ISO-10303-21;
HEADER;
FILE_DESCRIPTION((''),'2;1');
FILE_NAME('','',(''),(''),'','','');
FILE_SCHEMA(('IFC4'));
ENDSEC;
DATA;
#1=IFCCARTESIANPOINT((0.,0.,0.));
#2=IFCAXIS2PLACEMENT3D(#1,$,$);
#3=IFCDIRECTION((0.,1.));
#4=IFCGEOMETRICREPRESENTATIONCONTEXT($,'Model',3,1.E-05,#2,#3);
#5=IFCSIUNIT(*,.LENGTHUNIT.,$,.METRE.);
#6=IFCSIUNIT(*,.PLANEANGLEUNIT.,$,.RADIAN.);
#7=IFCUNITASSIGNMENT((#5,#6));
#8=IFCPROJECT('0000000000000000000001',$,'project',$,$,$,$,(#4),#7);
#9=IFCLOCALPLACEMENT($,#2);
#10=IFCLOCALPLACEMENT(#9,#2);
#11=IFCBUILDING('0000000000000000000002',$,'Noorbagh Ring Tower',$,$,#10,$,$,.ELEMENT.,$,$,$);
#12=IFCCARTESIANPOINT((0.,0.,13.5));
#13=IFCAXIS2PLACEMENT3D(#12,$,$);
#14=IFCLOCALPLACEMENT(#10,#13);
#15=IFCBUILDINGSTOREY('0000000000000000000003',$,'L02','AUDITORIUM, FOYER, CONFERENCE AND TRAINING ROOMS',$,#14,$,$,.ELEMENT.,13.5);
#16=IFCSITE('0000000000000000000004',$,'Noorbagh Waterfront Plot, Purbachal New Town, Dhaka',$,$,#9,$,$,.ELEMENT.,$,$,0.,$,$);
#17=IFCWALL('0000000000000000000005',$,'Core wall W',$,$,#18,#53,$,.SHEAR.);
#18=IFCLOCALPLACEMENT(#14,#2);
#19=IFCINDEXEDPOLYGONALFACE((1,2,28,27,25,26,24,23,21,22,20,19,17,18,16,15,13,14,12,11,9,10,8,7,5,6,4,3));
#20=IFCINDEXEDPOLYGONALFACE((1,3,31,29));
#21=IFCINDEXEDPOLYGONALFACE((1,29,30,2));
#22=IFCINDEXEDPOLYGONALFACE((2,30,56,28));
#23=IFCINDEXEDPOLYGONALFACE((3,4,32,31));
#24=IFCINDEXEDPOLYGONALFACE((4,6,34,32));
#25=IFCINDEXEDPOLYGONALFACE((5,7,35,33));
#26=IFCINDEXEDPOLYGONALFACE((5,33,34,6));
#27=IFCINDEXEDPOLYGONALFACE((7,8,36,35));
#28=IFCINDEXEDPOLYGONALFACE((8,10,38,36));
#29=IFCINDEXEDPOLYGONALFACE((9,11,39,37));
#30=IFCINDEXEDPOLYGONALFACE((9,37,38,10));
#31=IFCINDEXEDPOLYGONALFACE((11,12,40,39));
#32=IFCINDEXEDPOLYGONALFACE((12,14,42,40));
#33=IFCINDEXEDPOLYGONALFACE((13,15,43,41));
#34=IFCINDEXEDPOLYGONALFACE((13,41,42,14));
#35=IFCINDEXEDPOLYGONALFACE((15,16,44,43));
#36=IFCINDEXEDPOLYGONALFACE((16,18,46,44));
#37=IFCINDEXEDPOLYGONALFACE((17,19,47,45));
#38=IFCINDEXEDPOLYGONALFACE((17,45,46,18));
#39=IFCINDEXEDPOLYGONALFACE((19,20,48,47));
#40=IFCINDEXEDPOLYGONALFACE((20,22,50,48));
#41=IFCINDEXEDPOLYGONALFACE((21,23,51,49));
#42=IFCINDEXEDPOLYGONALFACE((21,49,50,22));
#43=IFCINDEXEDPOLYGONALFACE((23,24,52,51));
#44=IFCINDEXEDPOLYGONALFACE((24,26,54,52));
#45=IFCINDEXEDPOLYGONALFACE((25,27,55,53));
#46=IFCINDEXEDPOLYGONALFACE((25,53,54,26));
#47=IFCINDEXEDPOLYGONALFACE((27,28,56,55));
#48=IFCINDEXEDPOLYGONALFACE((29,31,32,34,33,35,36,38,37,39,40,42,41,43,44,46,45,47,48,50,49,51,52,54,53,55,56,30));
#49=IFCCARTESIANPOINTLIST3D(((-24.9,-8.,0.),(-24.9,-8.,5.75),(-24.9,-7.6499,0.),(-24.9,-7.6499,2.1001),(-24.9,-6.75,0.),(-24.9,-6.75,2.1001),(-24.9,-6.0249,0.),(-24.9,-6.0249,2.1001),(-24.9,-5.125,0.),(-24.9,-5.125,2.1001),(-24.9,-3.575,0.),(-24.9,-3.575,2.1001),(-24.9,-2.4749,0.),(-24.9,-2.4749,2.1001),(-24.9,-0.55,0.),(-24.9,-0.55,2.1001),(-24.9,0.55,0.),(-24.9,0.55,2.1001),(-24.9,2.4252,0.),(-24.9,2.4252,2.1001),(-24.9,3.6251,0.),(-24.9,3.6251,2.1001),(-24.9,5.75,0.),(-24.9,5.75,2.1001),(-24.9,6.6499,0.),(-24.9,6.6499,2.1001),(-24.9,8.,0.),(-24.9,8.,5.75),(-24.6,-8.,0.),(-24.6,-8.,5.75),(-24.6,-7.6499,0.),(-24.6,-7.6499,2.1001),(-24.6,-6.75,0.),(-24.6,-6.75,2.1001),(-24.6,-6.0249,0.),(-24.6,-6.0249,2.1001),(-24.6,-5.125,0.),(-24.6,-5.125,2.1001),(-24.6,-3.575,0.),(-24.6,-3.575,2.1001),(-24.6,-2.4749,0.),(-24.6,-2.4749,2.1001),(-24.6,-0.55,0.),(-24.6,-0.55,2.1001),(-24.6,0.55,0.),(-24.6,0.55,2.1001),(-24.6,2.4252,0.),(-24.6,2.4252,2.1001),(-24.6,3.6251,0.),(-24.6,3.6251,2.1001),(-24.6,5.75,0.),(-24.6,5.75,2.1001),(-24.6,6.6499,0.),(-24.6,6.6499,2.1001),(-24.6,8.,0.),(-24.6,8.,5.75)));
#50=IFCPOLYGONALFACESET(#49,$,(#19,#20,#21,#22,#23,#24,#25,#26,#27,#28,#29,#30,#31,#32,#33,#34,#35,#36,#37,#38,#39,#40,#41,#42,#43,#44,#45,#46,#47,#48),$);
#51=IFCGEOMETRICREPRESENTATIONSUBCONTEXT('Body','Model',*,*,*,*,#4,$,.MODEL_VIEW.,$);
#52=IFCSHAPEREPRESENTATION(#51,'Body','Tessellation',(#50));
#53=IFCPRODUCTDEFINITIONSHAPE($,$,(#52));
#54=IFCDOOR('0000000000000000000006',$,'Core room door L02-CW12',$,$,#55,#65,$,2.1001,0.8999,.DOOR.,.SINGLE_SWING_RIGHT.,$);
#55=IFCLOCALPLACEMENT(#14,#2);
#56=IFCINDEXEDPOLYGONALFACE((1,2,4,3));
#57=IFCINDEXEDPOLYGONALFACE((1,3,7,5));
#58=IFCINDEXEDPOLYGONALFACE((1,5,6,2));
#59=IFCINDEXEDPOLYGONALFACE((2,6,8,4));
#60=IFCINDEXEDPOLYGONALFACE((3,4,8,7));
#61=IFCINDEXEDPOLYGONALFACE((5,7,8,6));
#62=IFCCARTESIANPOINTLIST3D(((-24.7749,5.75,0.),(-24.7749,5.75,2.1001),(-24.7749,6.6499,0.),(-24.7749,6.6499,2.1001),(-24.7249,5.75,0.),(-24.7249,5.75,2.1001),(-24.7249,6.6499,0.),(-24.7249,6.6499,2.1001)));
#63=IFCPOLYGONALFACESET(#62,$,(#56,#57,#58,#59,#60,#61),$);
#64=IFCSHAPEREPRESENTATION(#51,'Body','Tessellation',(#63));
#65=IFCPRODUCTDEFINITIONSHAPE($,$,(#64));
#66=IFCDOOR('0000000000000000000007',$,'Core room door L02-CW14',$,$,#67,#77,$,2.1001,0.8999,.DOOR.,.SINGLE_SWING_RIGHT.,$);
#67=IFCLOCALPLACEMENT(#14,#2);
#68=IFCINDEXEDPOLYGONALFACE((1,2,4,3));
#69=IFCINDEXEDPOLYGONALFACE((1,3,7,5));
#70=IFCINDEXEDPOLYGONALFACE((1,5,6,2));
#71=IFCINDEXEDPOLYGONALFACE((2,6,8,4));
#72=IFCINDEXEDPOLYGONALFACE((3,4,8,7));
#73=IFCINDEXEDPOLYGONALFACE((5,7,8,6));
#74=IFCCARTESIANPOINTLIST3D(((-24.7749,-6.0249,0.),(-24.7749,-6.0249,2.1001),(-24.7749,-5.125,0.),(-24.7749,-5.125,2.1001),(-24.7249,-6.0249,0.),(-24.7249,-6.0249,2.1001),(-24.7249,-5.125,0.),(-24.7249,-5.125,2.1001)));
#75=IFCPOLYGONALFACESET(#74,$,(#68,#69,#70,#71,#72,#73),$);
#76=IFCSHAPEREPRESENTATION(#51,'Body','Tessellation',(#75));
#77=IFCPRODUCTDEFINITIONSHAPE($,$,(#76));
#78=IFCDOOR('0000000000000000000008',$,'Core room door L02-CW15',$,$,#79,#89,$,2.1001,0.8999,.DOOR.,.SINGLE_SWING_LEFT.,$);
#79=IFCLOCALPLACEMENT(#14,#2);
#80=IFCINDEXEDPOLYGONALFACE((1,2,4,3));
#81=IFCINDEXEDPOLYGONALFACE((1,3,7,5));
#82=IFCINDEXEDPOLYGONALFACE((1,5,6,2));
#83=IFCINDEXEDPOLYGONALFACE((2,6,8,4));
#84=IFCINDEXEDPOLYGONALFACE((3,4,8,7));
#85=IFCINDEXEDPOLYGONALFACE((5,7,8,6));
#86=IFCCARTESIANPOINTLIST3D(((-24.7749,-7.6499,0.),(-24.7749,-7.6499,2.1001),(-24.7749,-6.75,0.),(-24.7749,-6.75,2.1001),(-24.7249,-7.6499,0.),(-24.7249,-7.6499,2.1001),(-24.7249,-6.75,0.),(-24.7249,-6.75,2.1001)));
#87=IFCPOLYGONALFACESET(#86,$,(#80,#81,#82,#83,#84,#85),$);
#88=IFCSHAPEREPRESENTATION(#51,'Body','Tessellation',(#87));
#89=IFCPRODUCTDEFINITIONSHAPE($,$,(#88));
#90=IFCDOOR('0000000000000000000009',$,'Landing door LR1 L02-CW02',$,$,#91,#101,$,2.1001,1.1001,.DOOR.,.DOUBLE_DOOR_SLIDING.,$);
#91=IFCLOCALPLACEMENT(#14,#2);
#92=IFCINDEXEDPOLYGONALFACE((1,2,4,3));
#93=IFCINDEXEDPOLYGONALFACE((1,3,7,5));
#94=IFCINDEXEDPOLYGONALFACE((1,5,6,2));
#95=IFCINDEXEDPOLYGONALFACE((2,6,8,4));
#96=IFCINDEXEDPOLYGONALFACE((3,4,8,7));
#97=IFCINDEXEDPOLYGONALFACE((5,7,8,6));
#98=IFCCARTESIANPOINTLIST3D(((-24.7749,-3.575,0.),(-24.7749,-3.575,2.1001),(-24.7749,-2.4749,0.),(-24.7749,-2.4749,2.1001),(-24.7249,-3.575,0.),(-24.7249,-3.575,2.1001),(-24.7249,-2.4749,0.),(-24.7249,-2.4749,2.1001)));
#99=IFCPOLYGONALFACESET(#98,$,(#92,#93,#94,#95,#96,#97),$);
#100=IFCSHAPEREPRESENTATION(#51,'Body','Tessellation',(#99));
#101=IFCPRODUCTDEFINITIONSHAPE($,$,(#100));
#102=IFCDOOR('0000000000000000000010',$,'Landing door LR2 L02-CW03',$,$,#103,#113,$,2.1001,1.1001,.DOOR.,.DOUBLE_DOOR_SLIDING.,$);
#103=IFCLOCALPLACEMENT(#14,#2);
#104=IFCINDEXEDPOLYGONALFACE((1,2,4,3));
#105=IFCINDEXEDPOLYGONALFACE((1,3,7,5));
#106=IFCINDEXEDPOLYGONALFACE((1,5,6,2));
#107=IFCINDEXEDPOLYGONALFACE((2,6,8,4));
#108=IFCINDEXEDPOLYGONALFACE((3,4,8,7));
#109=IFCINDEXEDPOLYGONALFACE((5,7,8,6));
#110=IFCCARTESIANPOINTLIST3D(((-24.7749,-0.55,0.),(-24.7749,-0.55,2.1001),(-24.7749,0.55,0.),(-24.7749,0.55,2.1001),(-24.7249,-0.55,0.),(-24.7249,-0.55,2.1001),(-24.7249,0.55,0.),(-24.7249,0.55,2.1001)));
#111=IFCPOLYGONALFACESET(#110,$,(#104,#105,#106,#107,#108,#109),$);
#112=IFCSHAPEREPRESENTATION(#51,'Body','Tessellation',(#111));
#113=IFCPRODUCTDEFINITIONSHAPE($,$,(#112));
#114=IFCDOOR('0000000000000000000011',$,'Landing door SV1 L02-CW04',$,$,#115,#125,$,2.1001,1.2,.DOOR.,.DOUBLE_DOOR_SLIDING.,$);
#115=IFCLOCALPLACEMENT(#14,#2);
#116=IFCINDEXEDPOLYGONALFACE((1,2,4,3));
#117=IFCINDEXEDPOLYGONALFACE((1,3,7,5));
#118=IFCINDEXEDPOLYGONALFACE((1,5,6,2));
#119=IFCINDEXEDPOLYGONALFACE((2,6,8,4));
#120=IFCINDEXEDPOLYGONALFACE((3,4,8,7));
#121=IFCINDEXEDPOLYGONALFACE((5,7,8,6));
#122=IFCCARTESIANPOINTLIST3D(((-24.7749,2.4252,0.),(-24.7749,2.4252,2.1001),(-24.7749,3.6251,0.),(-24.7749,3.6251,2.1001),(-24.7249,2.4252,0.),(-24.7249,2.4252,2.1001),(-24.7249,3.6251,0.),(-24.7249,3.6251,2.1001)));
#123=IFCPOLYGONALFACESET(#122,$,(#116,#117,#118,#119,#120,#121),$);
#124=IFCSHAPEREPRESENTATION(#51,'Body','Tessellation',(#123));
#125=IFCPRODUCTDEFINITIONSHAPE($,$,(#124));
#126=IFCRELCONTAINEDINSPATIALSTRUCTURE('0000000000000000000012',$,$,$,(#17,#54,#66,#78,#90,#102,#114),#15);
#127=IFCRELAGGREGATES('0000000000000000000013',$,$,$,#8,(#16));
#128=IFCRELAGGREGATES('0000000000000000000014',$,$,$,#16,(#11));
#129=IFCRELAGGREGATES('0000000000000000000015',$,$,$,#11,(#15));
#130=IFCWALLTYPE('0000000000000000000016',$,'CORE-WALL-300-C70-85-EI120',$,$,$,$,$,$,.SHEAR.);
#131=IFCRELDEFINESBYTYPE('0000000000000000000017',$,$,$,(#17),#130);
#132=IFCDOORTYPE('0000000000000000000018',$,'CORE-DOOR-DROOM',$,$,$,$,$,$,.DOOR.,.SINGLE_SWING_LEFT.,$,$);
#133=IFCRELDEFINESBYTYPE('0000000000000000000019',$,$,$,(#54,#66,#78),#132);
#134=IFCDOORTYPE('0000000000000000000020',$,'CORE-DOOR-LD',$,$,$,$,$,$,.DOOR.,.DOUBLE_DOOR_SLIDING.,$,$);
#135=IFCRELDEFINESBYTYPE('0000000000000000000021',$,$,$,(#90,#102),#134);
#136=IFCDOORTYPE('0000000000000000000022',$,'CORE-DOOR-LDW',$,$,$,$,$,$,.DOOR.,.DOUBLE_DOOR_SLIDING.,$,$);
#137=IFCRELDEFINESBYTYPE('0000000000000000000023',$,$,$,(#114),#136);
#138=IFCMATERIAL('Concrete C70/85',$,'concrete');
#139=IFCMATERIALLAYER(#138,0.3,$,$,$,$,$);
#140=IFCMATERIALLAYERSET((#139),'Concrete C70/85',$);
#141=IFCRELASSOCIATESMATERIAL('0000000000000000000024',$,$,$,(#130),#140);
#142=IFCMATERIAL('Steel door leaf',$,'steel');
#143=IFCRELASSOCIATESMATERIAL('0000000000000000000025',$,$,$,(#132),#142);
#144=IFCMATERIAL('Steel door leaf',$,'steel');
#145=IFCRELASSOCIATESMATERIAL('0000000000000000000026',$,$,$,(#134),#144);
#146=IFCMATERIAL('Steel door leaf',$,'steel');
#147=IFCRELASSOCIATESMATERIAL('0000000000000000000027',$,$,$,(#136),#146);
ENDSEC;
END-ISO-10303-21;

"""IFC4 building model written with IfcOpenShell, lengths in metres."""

from ifc_helpers import new_model, si_unit, direction, frame, frame_2d, origin, place, context, subcontext, project, spatial, rectangle, extrude, material, layer, layer_set, type_object, element, fill, save


model = new_model("IFC4")

# Units and contexts
model_context = context("Model", 3, precision=1e-05, world=origin(), true_north=direction((0.0, 1.0)))
body_context = subcontext(model_context, "Body", "Model", "MODEL_VIEW")
ifc_project = project(units=[si_unit("LENGTHUNIT", "METRE"), si_unit("PLANEANGLEUNIT", "RADIAN")], contexts=[model_context])

# Site, building, storey
site_placement = place(None, origin())
site = spatial("IfcSite", under=ifc_project, at=site_placement, Name="Noorbagh Waterfront Plot, Purbachal New Town, Dhaka", CompositionType="ELEMENT", RefElevation=0.0)
building_placement = place(site_placement, origin())
building = spatial("IfcBuilding", under=site, at=building_placement, Name="Noorbagh Ring Tower", CompositionType="ELEMENT")
storey_placement = place(building_placement, frame((0.0, 0.0, 13.5)))
storey = spatial("IfcBuildingStorey", under=building, at=storey_placement, Name="L02", Description="AUDITORIUM, FOYER, CONFERENCE AND TRAINING ROOMS", CompositionType="ELEMENT", Elevation=13.5)

# Wall, openings, doors
ifc_material_1 = material(Name="Concrete C70/85", Category="concrete")
ifc_layer_1 = layer(ifc_material_1, 0.3)
ifc_layer_set_1 = layer_set([ifc_layer_1], Name="Concrete C70/85")
wall_type_1 = type_object("IfcWallType", Name="CORE-WALL-300-C70-85-EI120", PredefinedType="SHEAR", material=ifc_layer_set_1)
wall_1_placement = place(storey_placement, frame((-24.75, -8.0, 0.0), z_axis=(0.0, 0.0, 1.0), x_axis=(0.0, 1.0, 0.0)))
wall_1 = element("IfcWall", 1, at=wall_1_placement, inside=storey, type_object=wall_type_1, Name="Core wall W", PredefinedType="SHEAR", context=body_context, shape_type="SweptSolid", body=[
    extrude(rectangle(XDim=16.0, YDim=0.3, at=frame_2d((8.0, 0.0))), origin(), (0.0, 0.0, 1.0), 5.75),
])
opening_1_placement = place(wall_1_placement, frame((4.425, 0.0, 0.0)))
opening_1 = element("IfcOpeningElement", 2, at=opening_1_placement, cuts=wall_1, PredefinedType="OPENING", context=body_context, shape_type="SweptSolid", body=[
    extrude(rectangle(XDim=1.1001, YDim=2.1001, at=frame_2d((0.55, 1.05))), frame((0.0, 0.1602, 0.0), z_axis=(0.0, -1.0, 0.0), x_axis=(1.0, 0.0, 0.0)), (0.0, 0.0, 1.0), 0.3201),
])
opening_2_placement = place(wall_1_placement, frame((7.45, 0.0, 0.0)))
opening_2 = element("IfcOpeningElement", 3, at=opening_2_placement, cuts=wall_1, PredefinedType="OPENING", context=body_context, shape_type="SweptSolid", body=[
    extrude(rectangle(XDim=1.1001, YDim=2.1001, at=frame_2d((0.55, 1.05))), frame((0.0, 0.1602, 0.0), z_axis=(0.0, -1.0, 0.0), x_axis=(1.0, 0.0, 0.0)), (0.0, 0.0, 1.0), 0.3201),
])
opening_3_placement = place(wall_1_placement, frame((10.425, 0.0, 0.0)))
opening_3 = element("IfcOpeningElement", 4, at=opening_3_placement, cuts=wall_1, PredefinedType="OPENING", context=body_context, shape_type="SweptSolid", body=[
    extrude(rectangle(XDim=1.2, YDim=2.1001, at=frame_2d((0.6001, 1.05))), frame((0.0, 0.1602, 0.0), z_axis=(0.0, -1.0, 0.0), x_axis=(1.0, 0.0, 0.0)), (0.0, 0.0, 1.0), 0.3201),
])
opening_4_placement = place(wall_1_placement, frame((13.75, 0.0, 0.0)))
opening_4 = element("IfcOpeningElement", 5, at=opening_4_placement, cuts=wall_1, PredefinedType="OPENING", context=body_context, shape_type="SweptSolid", body=[
    extrude(rectangle(XDim=0.8999, YDim=2.1001, at=frame_2d((0.45, 1.05))), frame((0.0, 0.1602, 0.0), z_axis=(0.0, -1.0, 0.0), x_axis=(1.0, 0.0, 0.0)), (0.0, 0.0, 1.0), 0.3201),
])
opening_5_placement = place(wall_1_placement, frame((1.9751, 0.0, 0.0)))
opening_5 = element("IfcOpeningElement", 6, at=opening_5_placement, cuts=wall_1, PredefinedType="OPENING", context=body_context, shape_type="SweptSolid", body=[
    extrude(rectangle(XDim=0.8999, YDim=2.1001, at=frame_2d((0.45, 1.05))), frame((0.0, 0.1602, 0.0), z_axis=(0.0, -1.0, 0.0), x_axis=(1.0, 0.0, 0.0)), (0.0, 0.0, 1.0), 0.3201),
])
opening_6_placement = place(wall_1_placement, frame((0.3501, 0.0, 0.0)))
opening_6 = element("IfcOpeningElement", 7, at=opening_6_placement, cuts=wall_1, PredefinedType="OPENING", context=body_context, shape_type="SweptSolid", body=[
    extrude(rectangle(XDim=0.8999, YDim=2.1001, at=frame_2d((0.45, 1.05))), frame((0.0, 0.1602, 0.0), z_axis=(0.0, -1.0, 0.0), x_axis=(1.0, 0.0, 0.0)), (0.0, 0.0, 1.0), 0.3201),
])
ifc_material_2 = material(Name="Steel door leaf", Category="steel")
door_type_1 = type_object("IfcDoorType", Name="CORE-DOOR-DROOM", OperationType="SINGLE_SWING_LEFT", PredefinedType="DOOR", material=ifc_material_2)
door_1_placement = place(opening_4_placement, origin())
door_1 = element("IfcDoor", 8, at=door_1_placement, inside=storey, type_object=door_type_1, Name="Core room door L02-CW12", OperationType="SINGLE_SWING_RIGHT", OverallHeight=2.1001, OverallWidth=0.8999, PredefinedType="DOOR", context=body_context, shape_type="SweptSolid", body=[
    extrude(rectangle(XDim=0.8999, YDim=2.1001, at=frame_2d((0.45, 1.05))), frame((0.0, 0.0249, 0.0), z_axis=(0.0, -1.0, 0.0), x_axis=(1.0, 0.0, 0.0)), (0.0, 0.0, 1.0), 0.05),
])
fill(opening_4, door_1)
door_2_placement = place(opening_5_placement, origin())
door_2 = element("IfcDoor", 9, at=door_2_placement, inside=storey, type_object=door_type_1, Name="Core room door L02-CW14", OperationType="SINGLE_SWING_RIGHT", OverallHeight=2.1001, OverallWidth=0.8999, PredefinedType="DOOR", context=body_context, shape_type="SweptSolid", body=[
    extrude(rectangle(XDim=0.8999, YDim=2.1001, at=frame_2d((0.45, 1.05))), frame((0.0, 0.0249, 0.0), z_axis=(0.0, -1.0, 0.0), x_axis=(1.0, 0.0, 0.0)), (0.0, 0.0, 1.0), 0.05),
])
fill(opening_5, door_2)
door_3_placement = place(opening_6_placement, origin())
door_3 = element("IfcDoor", 10, at=door_3_placement, inside=storey, type_object=door_type_1, Name="Core room door L02-CW15", OperationType="SINGLE_SWING_LEFT", OverallHeight=2.1001, OverallWidth=0.8999, PredefinedType="DOOR", context=body_context, shape_type="SweptSolid", body=[
    extrude(rectangle(XDim=0.8999, YDim=2.1001, at=frame_2d((0.45, 1.05))), frame((0.0, 0.0249, 0.0), z_axis=(0.0, -1.0, 0.0), x_axis=(1.0, 0.0, 0.0)), (0.0, 0.0, 1.0), 0.05),
])
fill(opening_6, door_3)
ifc_material_3 = material(Name="Steel door leaf", Category="steel")
door_type_2 = type_object("IfcDoorType", Name="CORE-DOOR-LD", OperationType="DOUBLE_DOOR_SLIDING", PredefinedType="DOOR", material=ifc_material_3)
door_4_placement = place(opening_1_placement, origin())
door_4 = element("IfcDoor", 11, at=door_4_placement, inside=storey, type_object=door_type_2, Name="Landing door LR1 L02-CW02", OperationType="DOUBLE_DOOR_SLIDING", OverallHeight=2.1001, OverallWidth=1.1001, PredefinedType="DOOR", context=body_context, shape_type="SweptSolid", body=[
    extrude(rectangle(XDim=1.1001, YDim=2.1001, at=frame_2d((0.55, 1.05))), frame((0.0, 0.0249, 0.0), z_axis=(0.0, -1.0, 0.0), x_axis=(1.0, 0.0, 0.0)), (0.0, 0.0, 1.0), 0.05),
])
fill(opening_1, door_4)
door_5_placement = place(opening_2_placement, origin())
door_5 = element("IfcDoor", 12, at=door_5_placement, inside=storey, type_object=door_type_2, Name="Landing door LR2 L02-CW03", OperationType="DOUBLE_DOOR_SLIDING", OverallHeight=2.1001, OverallWidth=1.1001, PredefinedType="DOOR", context=body_context, shape_type="SweptSolid", body=[
    extrude(rectangle(XDim=1.1001, YDim=2.1001, at=frame_2d((0.55, 1.05))), frame((0.0, 0.0249, 0.0), z_axis=(0.0, -1.0, 0.0), x_axis=(1.0, 0.0, 0.0)), (0.0, 0.0, 1.0), 0.05),
])
fill(opening_2, door_5)
ifc_material_4 = material(Name="Steel door leaf", Category="steel")
door_type_3 = type_object("IfcDoorType", Name="CORE-DOOR-LDW", OperationType="DOUBLE_DOOR_SLIDING", PredefinedType="DOOR", material=ifc_material_4)
door_6_placement = place(opening_3_placement, origin())
door_6 = element("IfcDoor", 13, at=door_6_placement, inside=storey, type_object=door_type_3, Name="Landing door SV1 L02-CW04", OperationType="DOUBLE_DOOR_SLIDING", OverallHeight=2.1001, OverallWidth=1.2, PredefinedType="DOOR", context=body_context, shape_type="SweptSolid", body=[
    extrude(rectangle(XDim=1.2, YDim=2.1001, at=frame_2d((0.6001, 1.05))), frame((0.0, 0.0249, 0.0), z_axis=(0.0, -1.0, 0.0), x_axis=(1.0, 0.0, 0.0)), (0.0, 0.0, 1.0), 0.05),
])
fill(opening_3, door_6)

save(model, "model.ifc")
